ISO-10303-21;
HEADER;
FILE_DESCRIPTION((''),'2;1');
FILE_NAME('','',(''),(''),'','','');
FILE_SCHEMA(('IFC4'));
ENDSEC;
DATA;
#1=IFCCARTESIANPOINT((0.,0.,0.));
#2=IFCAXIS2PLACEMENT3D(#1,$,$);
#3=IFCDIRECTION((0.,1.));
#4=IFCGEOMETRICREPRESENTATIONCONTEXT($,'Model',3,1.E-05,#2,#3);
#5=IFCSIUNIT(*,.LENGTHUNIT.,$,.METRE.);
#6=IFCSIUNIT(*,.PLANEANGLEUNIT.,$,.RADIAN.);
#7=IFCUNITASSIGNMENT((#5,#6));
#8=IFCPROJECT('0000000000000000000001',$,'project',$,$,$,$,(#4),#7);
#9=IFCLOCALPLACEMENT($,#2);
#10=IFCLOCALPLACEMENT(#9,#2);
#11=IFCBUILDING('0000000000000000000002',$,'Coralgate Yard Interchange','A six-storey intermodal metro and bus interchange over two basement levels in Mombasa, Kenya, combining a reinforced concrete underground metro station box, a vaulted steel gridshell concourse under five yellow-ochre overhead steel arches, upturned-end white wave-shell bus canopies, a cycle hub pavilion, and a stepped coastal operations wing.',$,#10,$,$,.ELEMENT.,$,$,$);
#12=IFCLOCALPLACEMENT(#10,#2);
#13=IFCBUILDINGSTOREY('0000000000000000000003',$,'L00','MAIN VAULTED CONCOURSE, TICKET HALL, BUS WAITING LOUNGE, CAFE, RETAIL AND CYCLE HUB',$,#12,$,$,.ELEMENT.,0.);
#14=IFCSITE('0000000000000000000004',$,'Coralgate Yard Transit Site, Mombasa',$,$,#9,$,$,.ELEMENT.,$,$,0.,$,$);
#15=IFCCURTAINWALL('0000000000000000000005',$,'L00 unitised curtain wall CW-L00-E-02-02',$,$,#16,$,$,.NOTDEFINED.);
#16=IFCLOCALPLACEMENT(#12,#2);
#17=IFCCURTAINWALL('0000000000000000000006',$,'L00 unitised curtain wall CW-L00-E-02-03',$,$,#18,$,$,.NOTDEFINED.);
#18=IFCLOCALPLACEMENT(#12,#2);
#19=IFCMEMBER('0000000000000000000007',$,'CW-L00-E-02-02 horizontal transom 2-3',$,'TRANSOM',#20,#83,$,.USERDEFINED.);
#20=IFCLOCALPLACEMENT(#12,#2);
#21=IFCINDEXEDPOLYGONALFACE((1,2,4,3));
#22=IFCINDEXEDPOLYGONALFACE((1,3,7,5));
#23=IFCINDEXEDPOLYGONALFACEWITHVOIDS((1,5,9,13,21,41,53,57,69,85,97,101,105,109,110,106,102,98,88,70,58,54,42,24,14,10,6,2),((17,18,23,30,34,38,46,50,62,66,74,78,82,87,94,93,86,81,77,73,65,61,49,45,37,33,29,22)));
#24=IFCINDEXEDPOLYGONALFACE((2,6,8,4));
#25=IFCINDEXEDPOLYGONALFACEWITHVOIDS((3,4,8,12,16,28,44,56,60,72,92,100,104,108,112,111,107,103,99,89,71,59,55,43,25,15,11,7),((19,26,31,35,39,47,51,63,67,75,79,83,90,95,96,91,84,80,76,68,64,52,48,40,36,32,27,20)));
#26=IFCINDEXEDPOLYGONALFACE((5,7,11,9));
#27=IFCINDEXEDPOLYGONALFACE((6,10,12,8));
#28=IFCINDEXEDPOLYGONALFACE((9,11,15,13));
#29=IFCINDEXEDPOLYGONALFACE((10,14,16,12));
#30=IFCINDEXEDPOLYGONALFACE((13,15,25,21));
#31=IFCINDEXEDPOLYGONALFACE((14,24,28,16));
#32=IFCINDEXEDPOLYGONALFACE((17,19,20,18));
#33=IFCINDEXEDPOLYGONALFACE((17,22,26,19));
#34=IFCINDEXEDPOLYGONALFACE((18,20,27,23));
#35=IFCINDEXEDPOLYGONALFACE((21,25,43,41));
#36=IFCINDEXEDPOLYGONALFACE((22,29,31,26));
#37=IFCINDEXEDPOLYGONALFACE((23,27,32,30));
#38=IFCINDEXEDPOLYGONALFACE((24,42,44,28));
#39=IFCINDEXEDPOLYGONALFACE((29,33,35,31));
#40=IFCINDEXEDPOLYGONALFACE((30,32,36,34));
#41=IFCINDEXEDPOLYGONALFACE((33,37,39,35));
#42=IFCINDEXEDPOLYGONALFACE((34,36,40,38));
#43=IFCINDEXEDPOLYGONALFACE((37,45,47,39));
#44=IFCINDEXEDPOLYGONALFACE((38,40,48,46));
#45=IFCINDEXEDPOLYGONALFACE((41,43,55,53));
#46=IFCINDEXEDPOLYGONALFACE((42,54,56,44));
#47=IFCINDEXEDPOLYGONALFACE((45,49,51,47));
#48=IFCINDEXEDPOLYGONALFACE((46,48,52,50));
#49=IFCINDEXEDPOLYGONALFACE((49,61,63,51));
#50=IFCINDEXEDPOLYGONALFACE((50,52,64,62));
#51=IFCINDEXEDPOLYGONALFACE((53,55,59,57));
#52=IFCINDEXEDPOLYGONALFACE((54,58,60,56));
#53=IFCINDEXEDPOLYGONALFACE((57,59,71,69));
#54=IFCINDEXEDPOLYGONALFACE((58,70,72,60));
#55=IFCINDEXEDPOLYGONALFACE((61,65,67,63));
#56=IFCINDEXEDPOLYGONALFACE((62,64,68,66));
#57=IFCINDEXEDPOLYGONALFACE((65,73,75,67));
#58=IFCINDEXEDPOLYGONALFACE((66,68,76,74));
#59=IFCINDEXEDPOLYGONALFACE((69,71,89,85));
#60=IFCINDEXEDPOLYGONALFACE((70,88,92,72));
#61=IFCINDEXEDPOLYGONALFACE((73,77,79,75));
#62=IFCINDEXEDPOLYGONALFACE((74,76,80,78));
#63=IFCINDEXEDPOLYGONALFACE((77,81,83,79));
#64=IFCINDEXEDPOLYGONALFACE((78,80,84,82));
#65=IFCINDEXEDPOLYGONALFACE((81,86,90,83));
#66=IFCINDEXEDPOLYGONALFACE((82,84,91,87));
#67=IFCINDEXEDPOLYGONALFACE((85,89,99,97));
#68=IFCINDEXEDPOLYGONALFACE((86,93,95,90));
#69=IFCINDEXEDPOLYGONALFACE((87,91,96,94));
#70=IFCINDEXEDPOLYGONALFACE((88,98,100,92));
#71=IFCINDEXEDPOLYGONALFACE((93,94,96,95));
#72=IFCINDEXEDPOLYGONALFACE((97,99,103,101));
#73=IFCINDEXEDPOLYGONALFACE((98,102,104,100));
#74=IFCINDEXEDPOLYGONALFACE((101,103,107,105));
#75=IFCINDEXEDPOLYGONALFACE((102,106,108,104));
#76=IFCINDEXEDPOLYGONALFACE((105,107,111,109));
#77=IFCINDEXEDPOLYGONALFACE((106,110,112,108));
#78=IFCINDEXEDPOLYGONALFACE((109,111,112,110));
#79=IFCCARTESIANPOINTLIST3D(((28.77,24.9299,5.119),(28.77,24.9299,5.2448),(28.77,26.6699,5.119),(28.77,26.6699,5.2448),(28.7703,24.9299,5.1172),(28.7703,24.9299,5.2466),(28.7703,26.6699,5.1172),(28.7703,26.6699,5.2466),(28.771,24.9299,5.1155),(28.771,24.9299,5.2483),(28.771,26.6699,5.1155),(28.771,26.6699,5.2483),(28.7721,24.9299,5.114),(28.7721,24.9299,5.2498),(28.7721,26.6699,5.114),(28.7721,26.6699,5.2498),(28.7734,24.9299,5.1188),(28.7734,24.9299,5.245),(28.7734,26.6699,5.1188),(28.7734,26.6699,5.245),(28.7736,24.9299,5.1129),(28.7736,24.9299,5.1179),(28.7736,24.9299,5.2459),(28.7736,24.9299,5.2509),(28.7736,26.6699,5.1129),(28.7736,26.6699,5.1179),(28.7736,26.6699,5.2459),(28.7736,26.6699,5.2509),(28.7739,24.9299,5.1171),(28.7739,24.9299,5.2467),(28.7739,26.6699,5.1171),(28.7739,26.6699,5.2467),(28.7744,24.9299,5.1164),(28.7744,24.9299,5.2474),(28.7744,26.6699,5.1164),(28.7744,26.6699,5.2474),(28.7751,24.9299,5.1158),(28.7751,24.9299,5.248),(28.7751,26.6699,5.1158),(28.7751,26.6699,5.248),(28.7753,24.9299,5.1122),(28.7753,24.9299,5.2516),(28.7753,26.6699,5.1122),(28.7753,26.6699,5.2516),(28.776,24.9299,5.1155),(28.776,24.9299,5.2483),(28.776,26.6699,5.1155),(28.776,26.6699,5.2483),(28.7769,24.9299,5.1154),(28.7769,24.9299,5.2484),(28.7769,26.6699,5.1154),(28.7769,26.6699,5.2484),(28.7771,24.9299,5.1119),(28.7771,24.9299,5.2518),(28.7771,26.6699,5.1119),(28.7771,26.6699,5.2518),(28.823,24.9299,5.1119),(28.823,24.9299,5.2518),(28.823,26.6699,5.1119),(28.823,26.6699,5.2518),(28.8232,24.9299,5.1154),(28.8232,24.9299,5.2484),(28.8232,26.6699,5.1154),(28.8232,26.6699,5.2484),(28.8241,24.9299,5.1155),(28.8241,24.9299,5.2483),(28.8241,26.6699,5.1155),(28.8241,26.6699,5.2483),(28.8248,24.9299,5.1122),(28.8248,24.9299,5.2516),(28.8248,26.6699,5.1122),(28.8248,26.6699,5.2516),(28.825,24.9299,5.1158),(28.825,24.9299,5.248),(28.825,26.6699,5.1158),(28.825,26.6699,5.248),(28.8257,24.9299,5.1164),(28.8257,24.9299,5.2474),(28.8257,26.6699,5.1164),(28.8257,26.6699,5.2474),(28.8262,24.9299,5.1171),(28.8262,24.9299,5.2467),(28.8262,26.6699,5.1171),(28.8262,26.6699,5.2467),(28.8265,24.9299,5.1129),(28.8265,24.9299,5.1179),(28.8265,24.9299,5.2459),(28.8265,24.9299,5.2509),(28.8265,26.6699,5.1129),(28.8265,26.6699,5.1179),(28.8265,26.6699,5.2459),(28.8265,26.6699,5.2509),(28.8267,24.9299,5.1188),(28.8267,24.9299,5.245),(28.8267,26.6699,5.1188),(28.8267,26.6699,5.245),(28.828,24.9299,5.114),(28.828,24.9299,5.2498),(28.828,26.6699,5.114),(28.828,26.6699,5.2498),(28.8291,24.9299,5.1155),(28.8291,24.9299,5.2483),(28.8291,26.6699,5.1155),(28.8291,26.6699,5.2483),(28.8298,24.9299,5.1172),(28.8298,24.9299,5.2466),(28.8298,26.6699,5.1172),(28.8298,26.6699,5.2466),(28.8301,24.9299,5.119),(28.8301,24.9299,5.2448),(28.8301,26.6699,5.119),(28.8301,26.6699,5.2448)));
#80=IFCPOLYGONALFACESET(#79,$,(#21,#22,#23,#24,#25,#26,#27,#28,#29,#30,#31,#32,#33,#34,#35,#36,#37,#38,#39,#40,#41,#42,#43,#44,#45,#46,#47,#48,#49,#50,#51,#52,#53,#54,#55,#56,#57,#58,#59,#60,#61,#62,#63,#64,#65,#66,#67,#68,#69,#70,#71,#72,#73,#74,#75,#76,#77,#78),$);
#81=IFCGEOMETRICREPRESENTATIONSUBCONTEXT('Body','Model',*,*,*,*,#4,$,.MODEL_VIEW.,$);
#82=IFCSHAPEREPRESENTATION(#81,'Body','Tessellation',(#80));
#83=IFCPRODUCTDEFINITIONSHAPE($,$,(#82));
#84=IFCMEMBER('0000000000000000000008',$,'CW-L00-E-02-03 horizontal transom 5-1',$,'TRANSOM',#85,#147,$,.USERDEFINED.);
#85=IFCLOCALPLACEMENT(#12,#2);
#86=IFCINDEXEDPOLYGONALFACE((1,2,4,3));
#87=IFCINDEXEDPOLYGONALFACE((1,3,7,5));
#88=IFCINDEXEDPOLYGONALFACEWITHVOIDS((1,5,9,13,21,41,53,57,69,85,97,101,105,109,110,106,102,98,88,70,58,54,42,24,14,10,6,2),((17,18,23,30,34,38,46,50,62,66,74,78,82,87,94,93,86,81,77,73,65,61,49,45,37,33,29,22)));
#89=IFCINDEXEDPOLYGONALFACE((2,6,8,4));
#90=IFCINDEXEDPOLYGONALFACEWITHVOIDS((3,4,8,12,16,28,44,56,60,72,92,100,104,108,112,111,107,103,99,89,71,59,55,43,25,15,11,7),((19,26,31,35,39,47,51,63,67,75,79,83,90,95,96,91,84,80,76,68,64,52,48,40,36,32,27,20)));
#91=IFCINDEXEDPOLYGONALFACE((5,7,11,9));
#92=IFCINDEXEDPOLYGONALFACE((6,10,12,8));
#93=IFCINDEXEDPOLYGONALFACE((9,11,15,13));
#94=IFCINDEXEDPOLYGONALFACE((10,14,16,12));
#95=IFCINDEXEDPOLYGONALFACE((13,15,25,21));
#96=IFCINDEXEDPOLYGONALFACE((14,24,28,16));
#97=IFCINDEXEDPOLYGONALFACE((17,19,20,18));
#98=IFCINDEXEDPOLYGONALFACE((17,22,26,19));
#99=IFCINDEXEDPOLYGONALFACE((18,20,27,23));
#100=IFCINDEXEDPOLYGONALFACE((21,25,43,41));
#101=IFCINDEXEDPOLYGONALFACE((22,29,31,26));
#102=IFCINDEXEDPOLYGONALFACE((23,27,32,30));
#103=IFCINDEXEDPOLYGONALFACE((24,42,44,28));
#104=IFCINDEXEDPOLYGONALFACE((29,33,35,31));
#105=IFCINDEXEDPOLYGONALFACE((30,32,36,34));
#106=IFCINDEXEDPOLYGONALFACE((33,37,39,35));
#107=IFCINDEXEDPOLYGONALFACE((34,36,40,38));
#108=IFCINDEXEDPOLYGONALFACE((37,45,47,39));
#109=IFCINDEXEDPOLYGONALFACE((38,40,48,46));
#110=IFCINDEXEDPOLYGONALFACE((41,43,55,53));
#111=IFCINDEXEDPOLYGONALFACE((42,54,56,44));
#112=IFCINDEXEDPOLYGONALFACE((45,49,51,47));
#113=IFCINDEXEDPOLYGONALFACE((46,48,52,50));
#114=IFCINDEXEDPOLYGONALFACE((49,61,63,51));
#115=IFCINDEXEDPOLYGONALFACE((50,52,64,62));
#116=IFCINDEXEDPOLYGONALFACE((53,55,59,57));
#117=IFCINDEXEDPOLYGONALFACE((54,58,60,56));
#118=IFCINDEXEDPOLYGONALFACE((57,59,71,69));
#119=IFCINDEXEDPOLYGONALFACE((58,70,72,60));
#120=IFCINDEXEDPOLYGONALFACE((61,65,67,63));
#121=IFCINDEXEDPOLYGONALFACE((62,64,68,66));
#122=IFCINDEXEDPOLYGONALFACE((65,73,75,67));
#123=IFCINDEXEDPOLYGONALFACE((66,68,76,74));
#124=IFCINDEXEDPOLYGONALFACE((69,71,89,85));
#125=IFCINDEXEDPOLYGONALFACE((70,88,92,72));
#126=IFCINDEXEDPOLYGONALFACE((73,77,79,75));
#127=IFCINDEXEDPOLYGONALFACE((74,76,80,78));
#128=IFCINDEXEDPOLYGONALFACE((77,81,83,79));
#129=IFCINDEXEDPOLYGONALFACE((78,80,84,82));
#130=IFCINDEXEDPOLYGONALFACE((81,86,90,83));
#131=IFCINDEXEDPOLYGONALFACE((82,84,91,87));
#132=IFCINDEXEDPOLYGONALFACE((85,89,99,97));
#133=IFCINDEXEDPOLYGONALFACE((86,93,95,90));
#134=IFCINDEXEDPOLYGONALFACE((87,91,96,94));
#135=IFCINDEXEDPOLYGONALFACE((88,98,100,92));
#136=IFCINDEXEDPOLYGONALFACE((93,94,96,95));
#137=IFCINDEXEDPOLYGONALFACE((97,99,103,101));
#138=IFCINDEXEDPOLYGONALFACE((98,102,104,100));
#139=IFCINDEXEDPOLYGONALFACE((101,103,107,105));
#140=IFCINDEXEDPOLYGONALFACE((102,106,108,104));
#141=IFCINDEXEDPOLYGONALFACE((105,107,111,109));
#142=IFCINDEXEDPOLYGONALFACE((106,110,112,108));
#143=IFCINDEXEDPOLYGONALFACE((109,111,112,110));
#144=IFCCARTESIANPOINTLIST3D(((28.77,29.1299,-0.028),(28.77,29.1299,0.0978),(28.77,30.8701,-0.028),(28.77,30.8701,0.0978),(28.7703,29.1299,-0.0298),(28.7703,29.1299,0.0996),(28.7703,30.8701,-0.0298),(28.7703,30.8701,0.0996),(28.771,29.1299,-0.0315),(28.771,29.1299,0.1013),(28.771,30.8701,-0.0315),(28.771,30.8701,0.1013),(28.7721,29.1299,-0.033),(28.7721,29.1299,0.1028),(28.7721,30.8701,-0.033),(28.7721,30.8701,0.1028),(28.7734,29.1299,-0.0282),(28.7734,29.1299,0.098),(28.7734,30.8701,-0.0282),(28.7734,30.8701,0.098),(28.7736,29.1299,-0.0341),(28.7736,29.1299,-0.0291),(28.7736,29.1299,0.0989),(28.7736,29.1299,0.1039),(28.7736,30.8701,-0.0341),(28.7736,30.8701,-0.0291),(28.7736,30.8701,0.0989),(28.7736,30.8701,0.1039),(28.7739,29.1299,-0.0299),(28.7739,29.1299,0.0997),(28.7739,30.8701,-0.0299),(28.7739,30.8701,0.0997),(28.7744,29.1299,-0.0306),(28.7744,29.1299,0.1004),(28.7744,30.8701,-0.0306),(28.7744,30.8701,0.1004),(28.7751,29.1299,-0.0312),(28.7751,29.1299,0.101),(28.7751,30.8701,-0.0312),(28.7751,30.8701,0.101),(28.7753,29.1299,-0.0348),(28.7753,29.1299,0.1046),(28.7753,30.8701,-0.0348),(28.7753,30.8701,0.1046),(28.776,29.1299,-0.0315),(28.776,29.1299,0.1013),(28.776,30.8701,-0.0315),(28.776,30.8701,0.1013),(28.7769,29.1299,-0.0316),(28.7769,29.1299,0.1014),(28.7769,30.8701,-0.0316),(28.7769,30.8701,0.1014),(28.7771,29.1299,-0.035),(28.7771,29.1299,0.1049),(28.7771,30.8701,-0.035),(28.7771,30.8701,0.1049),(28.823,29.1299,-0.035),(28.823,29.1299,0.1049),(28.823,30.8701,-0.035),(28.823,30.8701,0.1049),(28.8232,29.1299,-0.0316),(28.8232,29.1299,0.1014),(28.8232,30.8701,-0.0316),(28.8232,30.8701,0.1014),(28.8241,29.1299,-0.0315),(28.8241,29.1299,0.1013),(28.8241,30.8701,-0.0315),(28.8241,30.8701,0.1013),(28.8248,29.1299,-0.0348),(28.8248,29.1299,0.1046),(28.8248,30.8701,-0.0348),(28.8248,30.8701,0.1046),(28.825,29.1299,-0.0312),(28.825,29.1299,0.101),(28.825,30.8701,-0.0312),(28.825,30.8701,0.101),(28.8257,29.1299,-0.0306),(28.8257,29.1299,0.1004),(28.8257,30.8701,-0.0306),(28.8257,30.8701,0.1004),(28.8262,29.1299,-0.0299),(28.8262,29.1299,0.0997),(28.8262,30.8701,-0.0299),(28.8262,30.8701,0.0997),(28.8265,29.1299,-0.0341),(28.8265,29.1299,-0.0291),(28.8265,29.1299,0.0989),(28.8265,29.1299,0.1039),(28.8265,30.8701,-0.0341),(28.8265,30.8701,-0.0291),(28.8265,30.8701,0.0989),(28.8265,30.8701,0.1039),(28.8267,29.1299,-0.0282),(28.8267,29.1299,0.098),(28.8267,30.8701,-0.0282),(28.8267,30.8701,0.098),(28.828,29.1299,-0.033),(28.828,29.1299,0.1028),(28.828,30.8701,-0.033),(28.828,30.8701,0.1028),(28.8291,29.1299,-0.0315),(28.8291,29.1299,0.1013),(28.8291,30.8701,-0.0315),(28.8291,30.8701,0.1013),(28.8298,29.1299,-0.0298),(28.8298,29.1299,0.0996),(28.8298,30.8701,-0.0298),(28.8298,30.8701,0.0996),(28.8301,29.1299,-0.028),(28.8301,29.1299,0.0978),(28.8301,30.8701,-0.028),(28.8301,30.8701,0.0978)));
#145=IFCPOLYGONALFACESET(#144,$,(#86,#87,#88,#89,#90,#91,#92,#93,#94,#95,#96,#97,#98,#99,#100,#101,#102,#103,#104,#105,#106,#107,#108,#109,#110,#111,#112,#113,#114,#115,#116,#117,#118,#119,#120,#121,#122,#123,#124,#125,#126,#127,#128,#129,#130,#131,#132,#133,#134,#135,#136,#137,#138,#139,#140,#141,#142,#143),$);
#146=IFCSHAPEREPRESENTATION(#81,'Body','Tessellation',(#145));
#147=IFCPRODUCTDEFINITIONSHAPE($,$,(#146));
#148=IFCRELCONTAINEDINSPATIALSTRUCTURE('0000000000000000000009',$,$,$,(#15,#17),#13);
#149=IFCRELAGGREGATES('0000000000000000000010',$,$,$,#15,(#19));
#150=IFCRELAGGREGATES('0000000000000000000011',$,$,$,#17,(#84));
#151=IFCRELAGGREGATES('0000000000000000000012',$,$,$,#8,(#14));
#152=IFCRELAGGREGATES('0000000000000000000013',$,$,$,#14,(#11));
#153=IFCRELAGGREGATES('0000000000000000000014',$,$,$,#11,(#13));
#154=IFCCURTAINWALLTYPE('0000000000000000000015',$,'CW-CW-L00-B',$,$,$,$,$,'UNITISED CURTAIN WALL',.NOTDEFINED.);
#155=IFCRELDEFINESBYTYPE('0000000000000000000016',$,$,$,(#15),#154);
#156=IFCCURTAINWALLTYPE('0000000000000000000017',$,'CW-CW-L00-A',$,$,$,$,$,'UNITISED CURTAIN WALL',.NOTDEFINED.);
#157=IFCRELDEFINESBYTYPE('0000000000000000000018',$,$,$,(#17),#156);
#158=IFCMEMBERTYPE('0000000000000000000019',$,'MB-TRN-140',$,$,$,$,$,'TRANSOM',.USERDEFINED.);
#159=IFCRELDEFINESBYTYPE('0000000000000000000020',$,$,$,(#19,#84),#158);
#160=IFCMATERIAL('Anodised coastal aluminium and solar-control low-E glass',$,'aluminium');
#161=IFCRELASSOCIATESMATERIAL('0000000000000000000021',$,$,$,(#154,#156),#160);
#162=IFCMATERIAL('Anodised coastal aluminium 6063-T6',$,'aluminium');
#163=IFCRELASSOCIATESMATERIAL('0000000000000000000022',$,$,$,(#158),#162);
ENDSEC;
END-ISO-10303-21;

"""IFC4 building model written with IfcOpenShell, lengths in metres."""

from ifc_helpers import new_model, si_unit, direction, frame, origin, origin_2d, place, context, subcontext, project, spatial, hollow_rectangle, extrude, material, material_profile, profile_set, type_object, element, aggregate, save


model = new_model("IFC4")

# Units and contexts
model_context = context("Model", 3, precision=1e-05, world=origin(), true_north=direction((0.0, 1.0)))
body_context = subcontext(model_context, "Body", "Model", "MODEL_VIEW")
ifc_project = project(units=[si_unit("LENGTHUNIT", "METRE"), si_unit("PLANEANGLEUNIT", "RADIAN")], contexts=[model_context])

# Site, building, storey
site_placement = place(None, origin())
site = spatial("IfcSite", under=ifc_project, at=site_placement, Name="Coralgate Yard Transit Site, Mombasa", CompositionType="ELEMENT", RefElevation=0.0)
building_placement = place(site_placement, origin())
building = spatial("IfcBuilding", under=site, at=building_placement, Name="Coralgate Yard Interchange", Description="A six-storey intermodal metro and bus interchange over two basement levels in Mombasa, Kenya, combining a reinforced concrete underground metro station box, a vaulted steel gridshell concourse under five yellow-ochre overhead steel arches, upturned-end white wave-shell bus canopies, a cycle hub pavilion, and a stepped coastal operations wing.", CompositionType="ELEMENT")
storey_placement = place(building_placement, origin())
storey = spatial("IfcBuildingStorey", under=building, at=storey_placement, Name="L00", Description="MAIN VAULTED CONCOURSE, TICKET HALL, BUS WAITING LOUNGE, CAFE, RETAIL AND CYCLE HUB", CompositionType="ELEMENT", Elevation=0.0)

# Curtain walls
ifc_material_1 = material(Name="Anodised coastal aluminium and solar-control low-E glass", Category="aluminium")
curtain_wall_type_1 = type_object("IfcCurtainWallType", Name="CW-CW-L00-B", ElementType="UNITISED CURTAIN WALL", PredefinedType="NOTDEFINED", material=ifc_material_1)
curtain_wall_1_placement = place(storey_placement, origin())
curtain_wall_1 = element("IfcCurtainWall", 1, at=curtain_wall_1_placement, inside=storey, type_object=curtain_wall_type_1, Name="L00 unitised curtain wall CW-L00-E-02-02", PredefinedType="NOTDEFINED")
ifc_material_2 = material(Name="Anodised coastal aluminium 6063-T6", Category="aluminium")
curtain_wall_type_2 = type_object("IfcCurtainWallType", Name="CW-CW-L00-A", ElementType="UNITISED CURTAIN WALL", PredefinedType="NOTDEFINED", material=ifc_material_1)
curtain_wall_2_placement = place(storey_placement, origin())
curtain_wall_2 = element("IfcCurtainWall", 2, at=curtain_wall_2_placement, inside=storey, type_object=curtain_wall_type_2, Name="L00 unitised curtain wall CW-L00-E-02-03", PredefinedType="NOTDEFINED")

# Members
ifc_material_profile_1 = material_profile(ifc_material_2, hollow_rectangle(XDim=0.0601, YDim=0.1399, WallThickness=0.0034, InnerFilletRadius=0.0034, OuterFilletRadius=0.0071, at=origin_2d()), Name="ALU 60x140x3.5")
ifc_profile_set_1 = profile_set([ifc_material_profile_1], Name="Anodised coastal aluminium 6063-T6")
member_type_1 = type_object("IfcMemberType", Name="MB-TRN-140", ElementType="TRANSOM", PredefinedType="USERDEFINED", material=ifc_profile_set_1)
member_1_placement = place(storey_placement, frame((28.8, 26.6699, 5.1819), z_axis=(0.0, -1.0, 0.0), x_axis=(1.0, 0.0, 0.0)))
member_1 = element("IfcMember", 3, at=member_1_placement, type_object=member_type_1, Name="CW-L00-E-02-02 horizontal transom 2-3", ObjectType="TRANSOM", PredefinedType="USERDEFINED", context=body_context, shape_type="SweptSolid", body=[
    extrude(hollow_rectangle(XDim=0.0601, YDim=0.1399, WallThickness=0.0034, InnerFilletRadius=0.0034, OuterFilletRadius=0.0071, at=origin_2d()), origin(), (0.0, 0.0, 1.0), 1.74),
])
member_2_placement = place(storey_placement, frame((28.8, 30.8701, 0.0349), z_axis=(0.0, -1.0, 0.0), x_axis=(1.0, 0.0, 0.0)))
member_2 = element("IfcMember", 4, at=member_2_placement, type_object=member_type_1, Name="CW-L00-E-02-03 horizontal transom 5-1", ObjectType="TRANSOM", PredefinedType="USERDEFINED", context=body_context, shape_type="SweptSolid", body=[
    extrude(hollow_rectangle(XDim=0.0601, YDim=0.1399, WallThickness=0.0034, InnerFilletRadius=0.0034, OuterFilletRadius=0.0071, at=origin_2d()), origin(), (0.0, 0.0, 1.0), 1.7402),
])

aggregate(curtain_wall_1, [member_1])
aggregate(curtain_wall_2, [member_2])

save(model, "model.ifc")
